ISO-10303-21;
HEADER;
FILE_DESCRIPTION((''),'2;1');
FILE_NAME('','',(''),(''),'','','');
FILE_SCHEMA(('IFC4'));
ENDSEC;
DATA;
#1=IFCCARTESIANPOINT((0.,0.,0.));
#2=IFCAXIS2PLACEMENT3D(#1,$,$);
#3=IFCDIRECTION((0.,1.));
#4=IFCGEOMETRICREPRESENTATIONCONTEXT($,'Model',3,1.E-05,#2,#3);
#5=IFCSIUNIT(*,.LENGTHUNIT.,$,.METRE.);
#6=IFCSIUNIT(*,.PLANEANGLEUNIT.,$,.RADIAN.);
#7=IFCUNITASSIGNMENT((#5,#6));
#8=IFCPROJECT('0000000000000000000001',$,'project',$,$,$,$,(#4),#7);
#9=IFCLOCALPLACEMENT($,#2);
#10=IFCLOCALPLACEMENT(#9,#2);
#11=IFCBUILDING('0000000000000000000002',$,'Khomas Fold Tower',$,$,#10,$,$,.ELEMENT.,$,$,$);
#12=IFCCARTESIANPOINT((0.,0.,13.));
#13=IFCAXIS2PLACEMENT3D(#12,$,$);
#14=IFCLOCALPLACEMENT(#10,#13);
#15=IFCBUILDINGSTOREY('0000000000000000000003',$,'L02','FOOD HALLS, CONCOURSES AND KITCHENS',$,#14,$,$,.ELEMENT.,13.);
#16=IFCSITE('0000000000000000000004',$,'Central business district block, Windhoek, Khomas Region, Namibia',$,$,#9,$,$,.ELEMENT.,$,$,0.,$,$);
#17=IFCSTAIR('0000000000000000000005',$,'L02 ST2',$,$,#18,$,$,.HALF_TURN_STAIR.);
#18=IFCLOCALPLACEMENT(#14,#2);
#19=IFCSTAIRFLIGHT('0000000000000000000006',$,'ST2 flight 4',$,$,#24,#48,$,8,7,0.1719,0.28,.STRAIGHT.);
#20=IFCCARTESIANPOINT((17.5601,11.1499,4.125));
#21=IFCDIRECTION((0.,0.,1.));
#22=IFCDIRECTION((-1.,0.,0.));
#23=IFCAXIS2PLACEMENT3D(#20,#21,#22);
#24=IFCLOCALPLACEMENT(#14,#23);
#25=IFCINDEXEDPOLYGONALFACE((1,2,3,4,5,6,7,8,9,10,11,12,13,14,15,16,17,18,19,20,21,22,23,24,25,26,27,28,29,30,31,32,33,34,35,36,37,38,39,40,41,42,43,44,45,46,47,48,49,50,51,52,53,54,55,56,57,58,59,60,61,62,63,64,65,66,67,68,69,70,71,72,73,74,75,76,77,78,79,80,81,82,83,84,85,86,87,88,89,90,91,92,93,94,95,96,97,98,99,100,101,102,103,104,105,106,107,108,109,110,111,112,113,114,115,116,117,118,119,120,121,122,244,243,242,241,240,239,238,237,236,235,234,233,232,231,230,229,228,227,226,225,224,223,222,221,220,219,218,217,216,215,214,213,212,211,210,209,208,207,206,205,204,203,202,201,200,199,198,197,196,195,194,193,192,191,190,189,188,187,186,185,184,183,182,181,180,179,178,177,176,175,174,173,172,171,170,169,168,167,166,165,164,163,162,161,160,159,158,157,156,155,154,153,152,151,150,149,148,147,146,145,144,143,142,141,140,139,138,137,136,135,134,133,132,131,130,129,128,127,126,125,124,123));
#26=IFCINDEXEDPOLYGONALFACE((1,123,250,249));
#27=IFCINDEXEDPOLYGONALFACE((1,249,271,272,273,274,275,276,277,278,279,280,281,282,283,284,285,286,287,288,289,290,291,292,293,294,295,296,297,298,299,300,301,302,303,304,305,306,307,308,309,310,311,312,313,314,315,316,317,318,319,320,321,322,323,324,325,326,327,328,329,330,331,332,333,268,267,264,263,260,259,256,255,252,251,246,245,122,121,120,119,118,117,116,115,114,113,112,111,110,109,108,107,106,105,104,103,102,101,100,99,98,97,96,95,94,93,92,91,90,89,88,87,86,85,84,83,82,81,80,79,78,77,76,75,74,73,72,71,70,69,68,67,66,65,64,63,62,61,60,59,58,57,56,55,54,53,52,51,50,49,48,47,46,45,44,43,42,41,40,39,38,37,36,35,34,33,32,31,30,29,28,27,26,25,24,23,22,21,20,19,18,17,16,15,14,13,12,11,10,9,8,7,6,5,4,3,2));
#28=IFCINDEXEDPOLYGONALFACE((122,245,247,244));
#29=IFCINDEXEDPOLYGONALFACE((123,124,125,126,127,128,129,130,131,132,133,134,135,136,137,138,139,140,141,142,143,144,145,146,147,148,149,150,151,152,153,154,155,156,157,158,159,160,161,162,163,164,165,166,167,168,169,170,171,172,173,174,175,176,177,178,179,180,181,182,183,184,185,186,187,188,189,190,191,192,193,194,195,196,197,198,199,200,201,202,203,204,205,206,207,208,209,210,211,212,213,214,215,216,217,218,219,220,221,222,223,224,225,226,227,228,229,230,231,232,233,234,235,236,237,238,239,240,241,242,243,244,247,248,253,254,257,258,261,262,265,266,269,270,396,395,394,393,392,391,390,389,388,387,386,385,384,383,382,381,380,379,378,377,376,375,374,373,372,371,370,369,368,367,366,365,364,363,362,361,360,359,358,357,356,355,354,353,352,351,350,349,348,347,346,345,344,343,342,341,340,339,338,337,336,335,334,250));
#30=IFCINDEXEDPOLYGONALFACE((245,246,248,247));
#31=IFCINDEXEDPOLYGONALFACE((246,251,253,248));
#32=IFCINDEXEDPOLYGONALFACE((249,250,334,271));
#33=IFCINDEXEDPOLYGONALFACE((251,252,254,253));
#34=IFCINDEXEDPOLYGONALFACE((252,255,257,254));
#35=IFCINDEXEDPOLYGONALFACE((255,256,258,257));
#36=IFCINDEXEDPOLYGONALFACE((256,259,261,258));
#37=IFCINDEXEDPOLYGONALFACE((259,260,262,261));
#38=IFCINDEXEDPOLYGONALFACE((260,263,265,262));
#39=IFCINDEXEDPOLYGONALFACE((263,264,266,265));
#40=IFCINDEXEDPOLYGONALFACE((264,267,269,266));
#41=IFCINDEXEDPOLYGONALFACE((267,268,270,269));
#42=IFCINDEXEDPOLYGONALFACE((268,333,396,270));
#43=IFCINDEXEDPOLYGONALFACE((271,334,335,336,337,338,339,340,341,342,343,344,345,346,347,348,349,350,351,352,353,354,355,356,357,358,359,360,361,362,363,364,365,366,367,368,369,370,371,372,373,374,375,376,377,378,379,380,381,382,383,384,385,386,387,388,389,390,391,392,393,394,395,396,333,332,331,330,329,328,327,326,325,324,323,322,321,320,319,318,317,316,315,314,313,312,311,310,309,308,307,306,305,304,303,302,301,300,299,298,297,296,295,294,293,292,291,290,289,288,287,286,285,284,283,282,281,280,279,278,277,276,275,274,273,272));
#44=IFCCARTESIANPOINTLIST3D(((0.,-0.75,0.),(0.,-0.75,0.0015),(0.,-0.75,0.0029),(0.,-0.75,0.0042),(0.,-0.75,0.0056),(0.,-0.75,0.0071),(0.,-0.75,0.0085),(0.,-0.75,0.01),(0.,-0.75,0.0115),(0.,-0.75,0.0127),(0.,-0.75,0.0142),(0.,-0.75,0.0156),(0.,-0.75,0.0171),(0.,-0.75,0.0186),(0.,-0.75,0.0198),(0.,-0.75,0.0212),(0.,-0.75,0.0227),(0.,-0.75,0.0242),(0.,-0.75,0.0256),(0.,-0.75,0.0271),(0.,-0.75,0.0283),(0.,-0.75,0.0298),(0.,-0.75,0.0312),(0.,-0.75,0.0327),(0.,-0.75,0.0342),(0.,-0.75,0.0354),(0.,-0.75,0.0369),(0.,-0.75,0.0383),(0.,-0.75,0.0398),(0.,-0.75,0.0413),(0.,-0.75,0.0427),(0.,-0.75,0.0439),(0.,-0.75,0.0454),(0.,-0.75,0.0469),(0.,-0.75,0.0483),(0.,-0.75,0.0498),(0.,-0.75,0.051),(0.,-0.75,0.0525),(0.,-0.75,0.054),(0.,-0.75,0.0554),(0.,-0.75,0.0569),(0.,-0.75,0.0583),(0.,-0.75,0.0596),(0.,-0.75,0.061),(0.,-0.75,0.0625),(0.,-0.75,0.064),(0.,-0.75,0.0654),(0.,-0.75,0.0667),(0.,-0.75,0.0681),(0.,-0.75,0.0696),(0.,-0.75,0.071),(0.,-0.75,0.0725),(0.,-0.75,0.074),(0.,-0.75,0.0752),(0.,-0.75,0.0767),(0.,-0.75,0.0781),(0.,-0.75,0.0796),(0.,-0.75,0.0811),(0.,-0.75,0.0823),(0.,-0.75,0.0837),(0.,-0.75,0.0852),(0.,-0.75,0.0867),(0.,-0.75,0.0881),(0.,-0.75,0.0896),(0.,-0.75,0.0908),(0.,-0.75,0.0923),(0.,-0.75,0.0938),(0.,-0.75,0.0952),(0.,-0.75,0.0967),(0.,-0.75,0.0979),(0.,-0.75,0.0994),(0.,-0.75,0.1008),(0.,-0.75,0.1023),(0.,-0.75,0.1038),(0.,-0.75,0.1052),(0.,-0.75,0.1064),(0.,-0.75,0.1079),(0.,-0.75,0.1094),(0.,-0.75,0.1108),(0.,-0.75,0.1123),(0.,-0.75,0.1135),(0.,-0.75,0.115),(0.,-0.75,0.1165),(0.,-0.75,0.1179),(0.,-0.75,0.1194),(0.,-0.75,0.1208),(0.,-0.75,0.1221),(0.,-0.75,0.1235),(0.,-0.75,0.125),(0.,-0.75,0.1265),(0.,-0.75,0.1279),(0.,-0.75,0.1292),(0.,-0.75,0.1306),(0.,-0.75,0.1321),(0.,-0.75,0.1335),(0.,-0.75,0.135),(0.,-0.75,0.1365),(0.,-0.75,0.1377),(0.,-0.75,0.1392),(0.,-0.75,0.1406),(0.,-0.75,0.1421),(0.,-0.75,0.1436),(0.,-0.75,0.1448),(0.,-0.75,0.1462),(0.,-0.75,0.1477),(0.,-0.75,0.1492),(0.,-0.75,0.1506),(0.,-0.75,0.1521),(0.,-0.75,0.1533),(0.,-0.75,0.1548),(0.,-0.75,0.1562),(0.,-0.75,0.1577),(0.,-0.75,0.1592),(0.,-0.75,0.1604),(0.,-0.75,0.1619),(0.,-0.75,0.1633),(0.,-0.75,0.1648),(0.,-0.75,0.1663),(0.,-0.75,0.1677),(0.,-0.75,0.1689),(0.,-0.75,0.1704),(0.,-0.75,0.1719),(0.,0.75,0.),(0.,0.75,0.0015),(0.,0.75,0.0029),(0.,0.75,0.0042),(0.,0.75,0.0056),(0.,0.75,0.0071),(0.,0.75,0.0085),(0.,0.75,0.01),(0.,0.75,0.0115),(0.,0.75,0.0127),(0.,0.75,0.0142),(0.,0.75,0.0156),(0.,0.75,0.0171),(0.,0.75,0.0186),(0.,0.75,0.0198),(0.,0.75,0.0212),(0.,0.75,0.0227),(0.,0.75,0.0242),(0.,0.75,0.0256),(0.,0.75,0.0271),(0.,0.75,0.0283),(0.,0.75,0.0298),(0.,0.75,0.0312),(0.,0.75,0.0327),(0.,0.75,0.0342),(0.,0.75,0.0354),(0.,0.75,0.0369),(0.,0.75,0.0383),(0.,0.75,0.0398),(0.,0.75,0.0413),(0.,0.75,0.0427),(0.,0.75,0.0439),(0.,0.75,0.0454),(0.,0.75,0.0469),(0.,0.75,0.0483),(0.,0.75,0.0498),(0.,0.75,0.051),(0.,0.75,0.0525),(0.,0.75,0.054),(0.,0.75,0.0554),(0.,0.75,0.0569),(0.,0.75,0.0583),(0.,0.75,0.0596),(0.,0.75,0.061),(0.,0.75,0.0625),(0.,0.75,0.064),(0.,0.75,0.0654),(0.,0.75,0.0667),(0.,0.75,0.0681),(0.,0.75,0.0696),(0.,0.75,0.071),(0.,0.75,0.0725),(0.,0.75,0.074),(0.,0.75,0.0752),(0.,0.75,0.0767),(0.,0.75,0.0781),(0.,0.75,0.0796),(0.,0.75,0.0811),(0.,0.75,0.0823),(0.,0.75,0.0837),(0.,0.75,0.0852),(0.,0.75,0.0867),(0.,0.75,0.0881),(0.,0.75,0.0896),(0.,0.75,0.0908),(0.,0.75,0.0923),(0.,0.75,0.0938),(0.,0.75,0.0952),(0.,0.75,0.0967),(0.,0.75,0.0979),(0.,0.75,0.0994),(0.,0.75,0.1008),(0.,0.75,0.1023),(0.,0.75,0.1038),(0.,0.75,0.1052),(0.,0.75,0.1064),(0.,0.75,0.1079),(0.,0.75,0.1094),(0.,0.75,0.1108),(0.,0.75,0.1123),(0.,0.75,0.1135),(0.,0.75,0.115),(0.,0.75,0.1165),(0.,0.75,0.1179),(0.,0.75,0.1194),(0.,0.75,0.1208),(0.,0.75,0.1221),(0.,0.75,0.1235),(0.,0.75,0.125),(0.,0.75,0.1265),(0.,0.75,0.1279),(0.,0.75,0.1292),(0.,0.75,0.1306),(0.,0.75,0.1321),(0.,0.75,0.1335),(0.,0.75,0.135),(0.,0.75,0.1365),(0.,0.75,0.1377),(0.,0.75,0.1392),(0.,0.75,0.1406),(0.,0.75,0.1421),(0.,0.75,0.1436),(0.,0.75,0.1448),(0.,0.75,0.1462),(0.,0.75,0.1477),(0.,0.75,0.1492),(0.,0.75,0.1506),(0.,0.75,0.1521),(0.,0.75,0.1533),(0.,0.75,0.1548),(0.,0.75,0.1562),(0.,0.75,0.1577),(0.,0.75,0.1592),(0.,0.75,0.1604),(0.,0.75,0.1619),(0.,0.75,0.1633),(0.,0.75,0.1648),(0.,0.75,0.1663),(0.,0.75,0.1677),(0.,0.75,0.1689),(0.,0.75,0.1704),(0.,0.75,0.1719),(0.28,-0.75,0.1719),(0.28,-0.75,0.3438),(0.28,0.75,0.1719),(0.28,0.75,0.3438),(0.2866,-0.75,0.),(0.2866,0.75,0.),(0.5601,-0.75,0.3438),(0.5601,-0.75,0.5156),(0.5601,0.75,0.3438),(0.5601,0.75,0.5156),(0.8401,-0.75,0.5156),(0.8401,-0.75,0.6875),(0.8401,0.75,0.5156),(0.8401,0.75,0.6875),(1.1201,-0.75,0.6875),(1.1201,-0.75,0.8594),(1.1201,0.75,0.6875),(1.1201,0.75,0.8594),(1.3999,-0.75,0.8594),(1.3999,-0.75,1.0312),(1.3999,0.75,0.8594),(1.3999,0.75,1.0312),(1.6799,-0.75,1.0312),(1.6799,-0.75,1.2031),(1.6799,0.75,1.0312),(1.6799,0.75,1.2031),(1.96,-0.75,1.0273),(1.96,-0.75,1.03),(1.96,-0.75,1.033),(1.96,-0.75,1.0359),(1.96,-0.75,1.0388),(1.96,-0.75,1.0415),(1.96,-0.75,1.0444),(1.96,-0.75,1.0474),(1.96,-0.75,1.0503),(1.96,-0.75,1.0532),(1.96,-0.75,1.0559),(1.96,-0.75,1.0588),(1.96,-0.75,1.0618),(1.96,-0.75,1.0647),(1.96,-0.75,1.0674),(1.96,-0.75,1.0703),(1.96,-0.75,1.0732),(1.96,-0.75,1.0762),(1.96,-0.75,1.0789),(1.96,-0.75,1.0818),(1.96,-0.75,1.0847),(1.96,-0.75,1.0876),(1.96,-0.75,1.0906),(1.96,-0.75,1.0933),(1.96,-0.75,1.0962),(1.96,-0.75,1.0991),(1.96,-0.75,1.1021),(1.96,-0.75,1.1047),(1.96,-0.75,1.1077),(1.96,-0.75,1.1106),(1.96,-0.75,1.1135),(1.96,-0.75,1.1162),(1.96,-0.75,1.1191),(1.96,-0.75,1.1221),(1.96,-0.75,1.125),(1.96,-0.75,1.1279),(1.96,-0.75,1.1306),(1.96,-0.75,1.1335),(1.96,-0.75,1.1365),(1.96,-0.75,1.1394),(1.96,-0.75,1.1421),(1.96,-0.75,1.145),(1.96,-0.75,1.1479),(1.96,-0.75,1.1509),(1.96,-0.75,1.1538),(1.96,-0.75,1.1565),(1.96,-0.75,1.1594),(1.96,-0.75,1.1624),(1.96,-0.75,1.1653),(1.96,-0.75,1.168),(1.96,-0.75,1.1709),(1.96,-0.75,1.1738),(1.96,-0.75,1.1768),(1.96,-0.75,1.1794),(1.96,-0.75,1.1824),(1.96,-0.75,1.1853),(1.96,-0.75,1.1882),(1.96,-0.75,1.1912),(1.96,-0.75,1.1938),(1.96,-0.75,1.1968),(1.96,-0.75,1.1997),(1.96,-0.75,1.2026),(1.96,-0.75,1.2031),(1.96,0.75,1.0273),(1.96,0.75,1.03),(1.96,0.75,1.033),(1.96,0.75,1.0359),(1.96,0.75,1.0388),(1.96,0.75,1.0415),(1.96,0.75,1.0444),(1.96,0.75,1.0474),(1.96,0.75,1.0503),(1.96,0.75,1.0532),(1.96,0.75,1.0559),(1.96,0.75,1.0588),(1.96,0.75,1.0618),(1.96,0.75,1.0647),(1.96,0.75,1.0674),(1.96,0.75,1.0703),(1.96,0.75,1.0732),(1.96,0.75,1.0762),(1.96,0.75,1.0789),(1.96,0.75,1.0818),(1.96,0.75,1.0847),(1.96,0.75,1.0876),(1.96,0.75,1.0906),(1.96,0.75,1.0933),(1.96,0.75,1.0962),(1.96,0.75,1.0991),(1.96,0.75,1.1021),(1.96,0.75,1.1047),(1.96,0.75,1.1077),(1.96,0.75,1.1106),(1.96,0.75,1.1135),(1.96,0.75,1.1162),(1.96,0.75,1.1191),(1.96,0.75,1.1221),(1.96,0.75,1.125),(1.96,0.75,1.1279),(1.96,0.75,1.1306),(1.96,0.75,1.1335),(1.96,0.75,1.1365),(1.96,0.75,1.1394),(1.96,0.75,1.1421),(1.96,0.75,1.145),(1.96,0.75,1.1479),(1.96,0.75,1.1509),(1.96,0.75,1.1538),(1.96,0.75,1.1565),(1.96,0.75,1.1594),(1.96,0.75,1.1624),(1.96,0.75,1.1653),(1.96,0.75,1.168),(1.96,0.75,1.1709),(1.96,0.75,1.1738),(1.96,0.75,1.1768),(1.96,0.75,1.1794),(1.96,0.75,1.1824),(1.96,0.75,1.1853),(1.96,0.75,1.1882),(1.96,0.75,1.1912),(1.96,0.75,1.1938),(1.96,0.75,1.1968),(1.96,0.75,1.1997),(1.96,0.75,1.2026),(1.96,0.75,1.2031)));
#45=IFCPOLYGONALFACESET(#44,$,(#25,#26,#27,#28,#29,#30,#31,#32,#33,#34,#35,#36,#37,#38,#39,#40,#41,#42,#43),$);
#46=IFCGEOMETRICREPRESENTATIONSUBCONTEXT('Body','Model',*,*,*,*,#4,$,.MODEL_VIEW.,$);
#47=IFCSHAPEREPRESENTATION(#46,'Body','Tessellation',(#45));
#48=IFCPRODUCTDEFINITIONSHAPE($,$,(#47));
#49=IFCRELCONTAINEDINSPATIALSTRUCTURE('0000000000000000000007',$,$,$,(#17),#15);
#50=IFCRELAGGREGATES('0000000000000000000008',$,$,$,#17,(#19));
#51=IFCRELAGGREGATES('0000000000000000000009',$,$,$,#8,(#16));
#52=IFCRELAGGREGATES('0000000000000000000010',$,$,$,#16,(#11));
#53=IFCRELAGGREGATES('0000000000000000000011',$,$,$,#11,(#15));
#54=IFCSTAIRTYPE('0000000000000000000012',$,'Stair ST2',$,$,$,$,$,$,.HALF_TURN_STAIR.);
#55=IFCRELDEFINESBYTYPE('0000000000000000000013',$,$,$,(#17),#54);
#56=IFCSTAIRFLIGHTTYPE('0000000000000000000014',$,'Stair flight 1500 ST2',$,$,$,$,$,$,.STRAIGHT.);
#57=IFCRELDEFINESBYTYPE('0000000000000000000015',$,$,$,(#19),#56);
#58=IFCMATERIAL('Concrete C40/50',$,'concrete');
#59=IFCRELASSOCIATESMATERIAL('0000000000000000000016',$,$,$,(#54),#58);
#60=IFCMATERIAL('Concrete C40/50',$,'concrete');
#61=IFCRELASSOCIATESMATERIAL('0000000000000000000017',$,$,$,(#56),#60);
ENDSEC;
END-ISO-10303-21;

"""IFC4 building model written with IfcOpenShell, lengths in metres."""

from ifc_helpers import new_model, si_unit, direction, frame, origin, place, context, subcontext, project, spatial, polyline, outline, extrude, source, transform, mapped, material, type_object, element, aggregate, save


model = new_model("IFC4")

# Units and contexts
model_context = context("Model", 3, precision=1e-05, world=origin(), true_north=direction((0.0, 1.0)))
body_context = subcontext(model_context, "Body", "Model", "MODEL_VIEW")
ifc_project = project(units=[si_unit("LENGTHUNIT", "METRE"), si_unit("PLANEANGLEUNIT", "RADIAN")], contexts=[model_context])

# Site, building, storey
site_placement = place(None, origin())
site = spatial("IfcSite", under=ifc_project, at=site_placement, Name="Central business district block, Windhoek, Khomas Region, Namibia", CompositionType="ELEMENT", RefElevation=0.0)
building_placement = place(site_placement, origin())
building = spatial("IfcBuilding", under=site, at=building_placement, Name="Khomas Fold Tower", CompositionType="ELEMENT")
storey_placement = place(building_placement, frame((0.0, 0.0, 13.0)))
storey = spatial("IfcBuildingStorey", under=building, at=storey_placement, Name="L02", Description="FOOD HALLS, CONCOURSES AND KITCHENS", CompositionType="ELEMENT", Elevation=13.0)

# Stair, stair flight
ifc_material_1 = material(Name="Concrete C40/50", Category="concrete")
stair_type = type_object("IfcStairType", Name="Stair ST2", PredefinedType="HALF_TURN_STAIR", material=ifc_material_1)
stair_placement = place(storey_placement, origin())
stair = element("IfcStair", 1, at=stair_placement, inside=storey, type_object=stair_type, Name="L02 ST2", PredefinedType="HALF_TURN_STAIR")
ifc_material_2 = material(Name="Concrete C40/50", Category="concrete")
stair_flight_type = type_object("IfcStairFlightType", Name="Stair flight 1500 ST2", PredefinedType="STRAIGHT", material=ifc_material_2)
shared_shape_1 = source(origin(), body_context, "Body", "SweptSolid", [
    extrude(outline(polyline([(0.0, 0.0), (0.0, 0.0015), (0.0, 0.0029), (0.0, 0.0042), (0.0, 0.0056), (0.0, 0.0071), (0.0, 0.0085), (0.0, 0.01), (0.0, 0.0115), (0.0, 0.0127), (0.0, 0.0142), (0.0, 0.0156), (0.0, 0.0171), (0.0, 0.0186), (0.0, 0.0198), (0.0, 0.0212), (0.0, 0.0227), (0.0, 0.0242), (0.0, 0.0256), (0.0, 0.0271), (0.0, 0.0283), (0.0, 0.0298), (0.0, 0.0312), (0.0, 0.0327), (0.0, 0.0342), (0.0, 0.0354), (0.0, 0.0369), (0.0, 0.0383), (0.0, 0.0398), (0.0, 0.0413), (0.0, 0.0427), (0.0, 0.0439), (0.0, 0.0454), (0.0, 0.0469), (0.0, 0.0483), (0.0, 0.0498), (0.0, 0.051), (0.0, 0.0525), (0.0, 0.054), (0.0, 0.0554), (0.0, 0.0569), (0.0, 0.0583), (0.0, 0.0596), (0.0, 0.061), (0.0, 0.0625), (0.0, 0.064), (0.0, 0.0654), (0.0, 0.0667), (0.0, 0.0681), (0.0, 0.0696), (0.0, 0.071), (0.0, 0.0725), (0.0, 0.074), (0.0, 0.0752), (0.0, 0.0767), (0.0, 0.0781), (0.0, 0.0796), (0.0, 0.0811), (0.0, 0.0823), (0.0, 0.0837), (0.0, 0.0852), (0.0, 0.0867), (0.0, 0.0881), (0.0, 0.0896), (0.0, 0.0908), (0.0, 0.0923), (0.0, 0.0938), (0.0, 0.0952), (0.0, 0.0967), (0.0, 0.0979), (0.0, 0.0994), (0.0, 0.1008), (0.0, 0.1023), (0.0, 0.1038), (0.0, 0.1052), (0.0, 0.1064), (0.0, 0.1079), (0.0, 0.1094), (0.0, 0.1108), (0.0, 0.1123), (0.0, 0.1135), (0.0, 0.115), (0.0, 0.1165), (0.0, 0.1179), (0.0, 0.1194), (0.0, 0.1208), (0.0, 0.1221), (0.0, 0.1235), (0.0, 0.125), (0.0, 0.1265), (0.0, 0.1279), (0.0, 0.1292), (0.0, 0.1306), (0.0, 0.1321), (0.0, 0.1335), (0.0, 0.135), (0.0, 0.1365), (0.0, 0.1377), (0.0, 0.1392), (0.0, 0.1406), (0.0, 0.1421), (0.0, 0.1436), (0.0, 0.1448), (0.0, 0.1462), (0.0, 0.1477), (0.0, 0.1492), (0.0, 0.1506), (0.0, 0.1521), (0.0, 0.1533), (0.0, 0.1548), (0.0, 0.1562), (0.0, 0.1577), (0.0, 0.1592), (0.0, 0.1604), (0.0, 0.1619), (0.0, 0.1633), (0.0, 0.1648), (0.0, 0.1663), (0.0, 0.1677), (0.0, 0.1689), (0.0, 0.1704), (0.0, 0.1719), (0.28, 0.1719), (0.28, 0.3438), (0.5601, 0.3438), (0.5601, 0.5156), (0.8401, 0.5156), (0.8401, 0.6875), (1.1201, 0.6875), (1.1201, 0.8594), (1.3999, 0.8594), (1.3999, 1.0312), (1.6799, 1.0312), (1.6799, 1.2031), (1.96, 1.2031), (1.96, 1.375), (1.96, 1.3721), (1.96, 1.3691), (1.96, 1.3665), (1.96, 1.3635), (1.96, 1.3606), (1.96, 1.3577), (1.96, 1.355), (1.96, 1.3521), (1.96, 1.3491), (1.96, 1.3462), (1.96, 1.3435), (1.96, 1.3406), (1.96, 1.3376), (1.96, 1.3347), (1.96, 1.3318), (1.96, 1.3291), (1.96, 1.3262), (1.96, 1.3232), (1.96, 1.3203), (1.96, 1.3176), (1.96, 1.3147), (1.96, 1.3118), (1.96, 1.3088), (1.96, 1.3059), (1.96, 1.3032), (1.96, 1.3003), (1.96, 1.2974), (1.96, 1.2944), (1.96, 1.2917), (1.96, 1.2888), (1.96, 1.2859), (1.96, 1.283), (1.96, 1.2803), (1.96, 1.2773), (1.96, 1.2744), (1.96, 1.2715), (1.96, 1.2686), (1.96, 1.2659), (1.96, 1.2629), (1.96, 1.26), (1.96, 1.2571), (1.96, 1.2544), (1.96, 1.2515), (1.96, 1.2485), (1.96, 1.2456), (1.96, 1.2427), (1.96, 1.24), (1.96, 1.2371), (1.96, 1.2341), (1.96, 1.2312), (1.96, 1.2285), (1.96, 1.2256), (1.96, 1.2227), (1.96, 1.2197), (1.96, 1.217), (1.96, 1.2141), (1.96, 1.2112), (1.96, 1.2083), (1.96, 1.2053), (1.96, 1.2026), (1.96, 1.1997), (1.96, 1.1968), (1.96, 1.1938), (1.96, 1.1912), (1.96, 1.1882), (1.96, 1.1853), (1.96, 1.1824), (1.96, 1.1794), (1.96, 1.1768), (1.96, 1.1738), (1.96, 1.1709), (1.96, 1.168), (1.96, 1.1653), (1.96, 1.1624), (1.96, 1.1594), (1.96, 1.1565), (1.96, 1.1538), (1.96, 1.1509), (1.96, 1.1479), (1.96, 1.145), (1.96, 1.1421), (1.96, 1.1394), (1.96, 1.1365), (1.96, 1.1335), (1.96, 1.1306), (1.96, 1.1279), (1.96, 1.125), (1.96, 1.1221), (1.96, 1.1191), (1.96, 1.1162), (1.96, 1.1135), (1.96, 1.1106), (1.96, 1.1077), (1.96, 1.1047), (1.96, 1.1021), (1.96, 1.0991), (1.96, 1.0962), (1.96, 1.0933), (1.96, 1.0906), (1.96, 1.0876), (1.96, 1.0847), (1.96, 1.0818), (1.96, 1.0789), (1.96, 1.0762), (1.96, 1.0732), (1.96, 1.0703), (1.96, 1.0674), (1.96, 1.0647), (1.96, 1.0618), (1.96, 1.0588), (1.96, 1.0559), (1.96, 1.0532), (1.96, 1.0503), (1.96, 1.0474), (1.96, 1.0444), (1.96, 1.0415), (1.96, 1.0388), (1.96, 1.0359), (1.96, 1.033), (1.96, 1.03), (1.96, 1.0273), (0.2866, 0.0), (0.0, 0.0)])), frame((0.0, 0.75, 0.0), z_axis=(0.0, -1.0, 0.0), x_axis=(1.0, 0.0, 0.0)), (0.0, 0.0, 1.0), 1.5),
])
stair_flight_placement = place(storey_placement, frame((17.5601, 11.1499, 4.125), z_axis=(0.0, 0.0, 1.0), x_axis=(-1.0, 0.0, 0.0)))
stair_flight = element("IfcStairFlight", 2, at=stair_flight_placement, type_object=stair_flight_type, Name="ST2 flight 4", NumberOfRisers=8, NumberOfTreads=7, PredefinedType="STRAIGHT", RiserHeight=0.1719, TreadLength=0.28, context=body_context, shape_type="MappedRepresentation", body=[
    mapped(shared_shape_1, transform((0.0, 0.0, 0.0))),
])
aggregate(stair, [stair_flight])

save(model, "model.ifc")
